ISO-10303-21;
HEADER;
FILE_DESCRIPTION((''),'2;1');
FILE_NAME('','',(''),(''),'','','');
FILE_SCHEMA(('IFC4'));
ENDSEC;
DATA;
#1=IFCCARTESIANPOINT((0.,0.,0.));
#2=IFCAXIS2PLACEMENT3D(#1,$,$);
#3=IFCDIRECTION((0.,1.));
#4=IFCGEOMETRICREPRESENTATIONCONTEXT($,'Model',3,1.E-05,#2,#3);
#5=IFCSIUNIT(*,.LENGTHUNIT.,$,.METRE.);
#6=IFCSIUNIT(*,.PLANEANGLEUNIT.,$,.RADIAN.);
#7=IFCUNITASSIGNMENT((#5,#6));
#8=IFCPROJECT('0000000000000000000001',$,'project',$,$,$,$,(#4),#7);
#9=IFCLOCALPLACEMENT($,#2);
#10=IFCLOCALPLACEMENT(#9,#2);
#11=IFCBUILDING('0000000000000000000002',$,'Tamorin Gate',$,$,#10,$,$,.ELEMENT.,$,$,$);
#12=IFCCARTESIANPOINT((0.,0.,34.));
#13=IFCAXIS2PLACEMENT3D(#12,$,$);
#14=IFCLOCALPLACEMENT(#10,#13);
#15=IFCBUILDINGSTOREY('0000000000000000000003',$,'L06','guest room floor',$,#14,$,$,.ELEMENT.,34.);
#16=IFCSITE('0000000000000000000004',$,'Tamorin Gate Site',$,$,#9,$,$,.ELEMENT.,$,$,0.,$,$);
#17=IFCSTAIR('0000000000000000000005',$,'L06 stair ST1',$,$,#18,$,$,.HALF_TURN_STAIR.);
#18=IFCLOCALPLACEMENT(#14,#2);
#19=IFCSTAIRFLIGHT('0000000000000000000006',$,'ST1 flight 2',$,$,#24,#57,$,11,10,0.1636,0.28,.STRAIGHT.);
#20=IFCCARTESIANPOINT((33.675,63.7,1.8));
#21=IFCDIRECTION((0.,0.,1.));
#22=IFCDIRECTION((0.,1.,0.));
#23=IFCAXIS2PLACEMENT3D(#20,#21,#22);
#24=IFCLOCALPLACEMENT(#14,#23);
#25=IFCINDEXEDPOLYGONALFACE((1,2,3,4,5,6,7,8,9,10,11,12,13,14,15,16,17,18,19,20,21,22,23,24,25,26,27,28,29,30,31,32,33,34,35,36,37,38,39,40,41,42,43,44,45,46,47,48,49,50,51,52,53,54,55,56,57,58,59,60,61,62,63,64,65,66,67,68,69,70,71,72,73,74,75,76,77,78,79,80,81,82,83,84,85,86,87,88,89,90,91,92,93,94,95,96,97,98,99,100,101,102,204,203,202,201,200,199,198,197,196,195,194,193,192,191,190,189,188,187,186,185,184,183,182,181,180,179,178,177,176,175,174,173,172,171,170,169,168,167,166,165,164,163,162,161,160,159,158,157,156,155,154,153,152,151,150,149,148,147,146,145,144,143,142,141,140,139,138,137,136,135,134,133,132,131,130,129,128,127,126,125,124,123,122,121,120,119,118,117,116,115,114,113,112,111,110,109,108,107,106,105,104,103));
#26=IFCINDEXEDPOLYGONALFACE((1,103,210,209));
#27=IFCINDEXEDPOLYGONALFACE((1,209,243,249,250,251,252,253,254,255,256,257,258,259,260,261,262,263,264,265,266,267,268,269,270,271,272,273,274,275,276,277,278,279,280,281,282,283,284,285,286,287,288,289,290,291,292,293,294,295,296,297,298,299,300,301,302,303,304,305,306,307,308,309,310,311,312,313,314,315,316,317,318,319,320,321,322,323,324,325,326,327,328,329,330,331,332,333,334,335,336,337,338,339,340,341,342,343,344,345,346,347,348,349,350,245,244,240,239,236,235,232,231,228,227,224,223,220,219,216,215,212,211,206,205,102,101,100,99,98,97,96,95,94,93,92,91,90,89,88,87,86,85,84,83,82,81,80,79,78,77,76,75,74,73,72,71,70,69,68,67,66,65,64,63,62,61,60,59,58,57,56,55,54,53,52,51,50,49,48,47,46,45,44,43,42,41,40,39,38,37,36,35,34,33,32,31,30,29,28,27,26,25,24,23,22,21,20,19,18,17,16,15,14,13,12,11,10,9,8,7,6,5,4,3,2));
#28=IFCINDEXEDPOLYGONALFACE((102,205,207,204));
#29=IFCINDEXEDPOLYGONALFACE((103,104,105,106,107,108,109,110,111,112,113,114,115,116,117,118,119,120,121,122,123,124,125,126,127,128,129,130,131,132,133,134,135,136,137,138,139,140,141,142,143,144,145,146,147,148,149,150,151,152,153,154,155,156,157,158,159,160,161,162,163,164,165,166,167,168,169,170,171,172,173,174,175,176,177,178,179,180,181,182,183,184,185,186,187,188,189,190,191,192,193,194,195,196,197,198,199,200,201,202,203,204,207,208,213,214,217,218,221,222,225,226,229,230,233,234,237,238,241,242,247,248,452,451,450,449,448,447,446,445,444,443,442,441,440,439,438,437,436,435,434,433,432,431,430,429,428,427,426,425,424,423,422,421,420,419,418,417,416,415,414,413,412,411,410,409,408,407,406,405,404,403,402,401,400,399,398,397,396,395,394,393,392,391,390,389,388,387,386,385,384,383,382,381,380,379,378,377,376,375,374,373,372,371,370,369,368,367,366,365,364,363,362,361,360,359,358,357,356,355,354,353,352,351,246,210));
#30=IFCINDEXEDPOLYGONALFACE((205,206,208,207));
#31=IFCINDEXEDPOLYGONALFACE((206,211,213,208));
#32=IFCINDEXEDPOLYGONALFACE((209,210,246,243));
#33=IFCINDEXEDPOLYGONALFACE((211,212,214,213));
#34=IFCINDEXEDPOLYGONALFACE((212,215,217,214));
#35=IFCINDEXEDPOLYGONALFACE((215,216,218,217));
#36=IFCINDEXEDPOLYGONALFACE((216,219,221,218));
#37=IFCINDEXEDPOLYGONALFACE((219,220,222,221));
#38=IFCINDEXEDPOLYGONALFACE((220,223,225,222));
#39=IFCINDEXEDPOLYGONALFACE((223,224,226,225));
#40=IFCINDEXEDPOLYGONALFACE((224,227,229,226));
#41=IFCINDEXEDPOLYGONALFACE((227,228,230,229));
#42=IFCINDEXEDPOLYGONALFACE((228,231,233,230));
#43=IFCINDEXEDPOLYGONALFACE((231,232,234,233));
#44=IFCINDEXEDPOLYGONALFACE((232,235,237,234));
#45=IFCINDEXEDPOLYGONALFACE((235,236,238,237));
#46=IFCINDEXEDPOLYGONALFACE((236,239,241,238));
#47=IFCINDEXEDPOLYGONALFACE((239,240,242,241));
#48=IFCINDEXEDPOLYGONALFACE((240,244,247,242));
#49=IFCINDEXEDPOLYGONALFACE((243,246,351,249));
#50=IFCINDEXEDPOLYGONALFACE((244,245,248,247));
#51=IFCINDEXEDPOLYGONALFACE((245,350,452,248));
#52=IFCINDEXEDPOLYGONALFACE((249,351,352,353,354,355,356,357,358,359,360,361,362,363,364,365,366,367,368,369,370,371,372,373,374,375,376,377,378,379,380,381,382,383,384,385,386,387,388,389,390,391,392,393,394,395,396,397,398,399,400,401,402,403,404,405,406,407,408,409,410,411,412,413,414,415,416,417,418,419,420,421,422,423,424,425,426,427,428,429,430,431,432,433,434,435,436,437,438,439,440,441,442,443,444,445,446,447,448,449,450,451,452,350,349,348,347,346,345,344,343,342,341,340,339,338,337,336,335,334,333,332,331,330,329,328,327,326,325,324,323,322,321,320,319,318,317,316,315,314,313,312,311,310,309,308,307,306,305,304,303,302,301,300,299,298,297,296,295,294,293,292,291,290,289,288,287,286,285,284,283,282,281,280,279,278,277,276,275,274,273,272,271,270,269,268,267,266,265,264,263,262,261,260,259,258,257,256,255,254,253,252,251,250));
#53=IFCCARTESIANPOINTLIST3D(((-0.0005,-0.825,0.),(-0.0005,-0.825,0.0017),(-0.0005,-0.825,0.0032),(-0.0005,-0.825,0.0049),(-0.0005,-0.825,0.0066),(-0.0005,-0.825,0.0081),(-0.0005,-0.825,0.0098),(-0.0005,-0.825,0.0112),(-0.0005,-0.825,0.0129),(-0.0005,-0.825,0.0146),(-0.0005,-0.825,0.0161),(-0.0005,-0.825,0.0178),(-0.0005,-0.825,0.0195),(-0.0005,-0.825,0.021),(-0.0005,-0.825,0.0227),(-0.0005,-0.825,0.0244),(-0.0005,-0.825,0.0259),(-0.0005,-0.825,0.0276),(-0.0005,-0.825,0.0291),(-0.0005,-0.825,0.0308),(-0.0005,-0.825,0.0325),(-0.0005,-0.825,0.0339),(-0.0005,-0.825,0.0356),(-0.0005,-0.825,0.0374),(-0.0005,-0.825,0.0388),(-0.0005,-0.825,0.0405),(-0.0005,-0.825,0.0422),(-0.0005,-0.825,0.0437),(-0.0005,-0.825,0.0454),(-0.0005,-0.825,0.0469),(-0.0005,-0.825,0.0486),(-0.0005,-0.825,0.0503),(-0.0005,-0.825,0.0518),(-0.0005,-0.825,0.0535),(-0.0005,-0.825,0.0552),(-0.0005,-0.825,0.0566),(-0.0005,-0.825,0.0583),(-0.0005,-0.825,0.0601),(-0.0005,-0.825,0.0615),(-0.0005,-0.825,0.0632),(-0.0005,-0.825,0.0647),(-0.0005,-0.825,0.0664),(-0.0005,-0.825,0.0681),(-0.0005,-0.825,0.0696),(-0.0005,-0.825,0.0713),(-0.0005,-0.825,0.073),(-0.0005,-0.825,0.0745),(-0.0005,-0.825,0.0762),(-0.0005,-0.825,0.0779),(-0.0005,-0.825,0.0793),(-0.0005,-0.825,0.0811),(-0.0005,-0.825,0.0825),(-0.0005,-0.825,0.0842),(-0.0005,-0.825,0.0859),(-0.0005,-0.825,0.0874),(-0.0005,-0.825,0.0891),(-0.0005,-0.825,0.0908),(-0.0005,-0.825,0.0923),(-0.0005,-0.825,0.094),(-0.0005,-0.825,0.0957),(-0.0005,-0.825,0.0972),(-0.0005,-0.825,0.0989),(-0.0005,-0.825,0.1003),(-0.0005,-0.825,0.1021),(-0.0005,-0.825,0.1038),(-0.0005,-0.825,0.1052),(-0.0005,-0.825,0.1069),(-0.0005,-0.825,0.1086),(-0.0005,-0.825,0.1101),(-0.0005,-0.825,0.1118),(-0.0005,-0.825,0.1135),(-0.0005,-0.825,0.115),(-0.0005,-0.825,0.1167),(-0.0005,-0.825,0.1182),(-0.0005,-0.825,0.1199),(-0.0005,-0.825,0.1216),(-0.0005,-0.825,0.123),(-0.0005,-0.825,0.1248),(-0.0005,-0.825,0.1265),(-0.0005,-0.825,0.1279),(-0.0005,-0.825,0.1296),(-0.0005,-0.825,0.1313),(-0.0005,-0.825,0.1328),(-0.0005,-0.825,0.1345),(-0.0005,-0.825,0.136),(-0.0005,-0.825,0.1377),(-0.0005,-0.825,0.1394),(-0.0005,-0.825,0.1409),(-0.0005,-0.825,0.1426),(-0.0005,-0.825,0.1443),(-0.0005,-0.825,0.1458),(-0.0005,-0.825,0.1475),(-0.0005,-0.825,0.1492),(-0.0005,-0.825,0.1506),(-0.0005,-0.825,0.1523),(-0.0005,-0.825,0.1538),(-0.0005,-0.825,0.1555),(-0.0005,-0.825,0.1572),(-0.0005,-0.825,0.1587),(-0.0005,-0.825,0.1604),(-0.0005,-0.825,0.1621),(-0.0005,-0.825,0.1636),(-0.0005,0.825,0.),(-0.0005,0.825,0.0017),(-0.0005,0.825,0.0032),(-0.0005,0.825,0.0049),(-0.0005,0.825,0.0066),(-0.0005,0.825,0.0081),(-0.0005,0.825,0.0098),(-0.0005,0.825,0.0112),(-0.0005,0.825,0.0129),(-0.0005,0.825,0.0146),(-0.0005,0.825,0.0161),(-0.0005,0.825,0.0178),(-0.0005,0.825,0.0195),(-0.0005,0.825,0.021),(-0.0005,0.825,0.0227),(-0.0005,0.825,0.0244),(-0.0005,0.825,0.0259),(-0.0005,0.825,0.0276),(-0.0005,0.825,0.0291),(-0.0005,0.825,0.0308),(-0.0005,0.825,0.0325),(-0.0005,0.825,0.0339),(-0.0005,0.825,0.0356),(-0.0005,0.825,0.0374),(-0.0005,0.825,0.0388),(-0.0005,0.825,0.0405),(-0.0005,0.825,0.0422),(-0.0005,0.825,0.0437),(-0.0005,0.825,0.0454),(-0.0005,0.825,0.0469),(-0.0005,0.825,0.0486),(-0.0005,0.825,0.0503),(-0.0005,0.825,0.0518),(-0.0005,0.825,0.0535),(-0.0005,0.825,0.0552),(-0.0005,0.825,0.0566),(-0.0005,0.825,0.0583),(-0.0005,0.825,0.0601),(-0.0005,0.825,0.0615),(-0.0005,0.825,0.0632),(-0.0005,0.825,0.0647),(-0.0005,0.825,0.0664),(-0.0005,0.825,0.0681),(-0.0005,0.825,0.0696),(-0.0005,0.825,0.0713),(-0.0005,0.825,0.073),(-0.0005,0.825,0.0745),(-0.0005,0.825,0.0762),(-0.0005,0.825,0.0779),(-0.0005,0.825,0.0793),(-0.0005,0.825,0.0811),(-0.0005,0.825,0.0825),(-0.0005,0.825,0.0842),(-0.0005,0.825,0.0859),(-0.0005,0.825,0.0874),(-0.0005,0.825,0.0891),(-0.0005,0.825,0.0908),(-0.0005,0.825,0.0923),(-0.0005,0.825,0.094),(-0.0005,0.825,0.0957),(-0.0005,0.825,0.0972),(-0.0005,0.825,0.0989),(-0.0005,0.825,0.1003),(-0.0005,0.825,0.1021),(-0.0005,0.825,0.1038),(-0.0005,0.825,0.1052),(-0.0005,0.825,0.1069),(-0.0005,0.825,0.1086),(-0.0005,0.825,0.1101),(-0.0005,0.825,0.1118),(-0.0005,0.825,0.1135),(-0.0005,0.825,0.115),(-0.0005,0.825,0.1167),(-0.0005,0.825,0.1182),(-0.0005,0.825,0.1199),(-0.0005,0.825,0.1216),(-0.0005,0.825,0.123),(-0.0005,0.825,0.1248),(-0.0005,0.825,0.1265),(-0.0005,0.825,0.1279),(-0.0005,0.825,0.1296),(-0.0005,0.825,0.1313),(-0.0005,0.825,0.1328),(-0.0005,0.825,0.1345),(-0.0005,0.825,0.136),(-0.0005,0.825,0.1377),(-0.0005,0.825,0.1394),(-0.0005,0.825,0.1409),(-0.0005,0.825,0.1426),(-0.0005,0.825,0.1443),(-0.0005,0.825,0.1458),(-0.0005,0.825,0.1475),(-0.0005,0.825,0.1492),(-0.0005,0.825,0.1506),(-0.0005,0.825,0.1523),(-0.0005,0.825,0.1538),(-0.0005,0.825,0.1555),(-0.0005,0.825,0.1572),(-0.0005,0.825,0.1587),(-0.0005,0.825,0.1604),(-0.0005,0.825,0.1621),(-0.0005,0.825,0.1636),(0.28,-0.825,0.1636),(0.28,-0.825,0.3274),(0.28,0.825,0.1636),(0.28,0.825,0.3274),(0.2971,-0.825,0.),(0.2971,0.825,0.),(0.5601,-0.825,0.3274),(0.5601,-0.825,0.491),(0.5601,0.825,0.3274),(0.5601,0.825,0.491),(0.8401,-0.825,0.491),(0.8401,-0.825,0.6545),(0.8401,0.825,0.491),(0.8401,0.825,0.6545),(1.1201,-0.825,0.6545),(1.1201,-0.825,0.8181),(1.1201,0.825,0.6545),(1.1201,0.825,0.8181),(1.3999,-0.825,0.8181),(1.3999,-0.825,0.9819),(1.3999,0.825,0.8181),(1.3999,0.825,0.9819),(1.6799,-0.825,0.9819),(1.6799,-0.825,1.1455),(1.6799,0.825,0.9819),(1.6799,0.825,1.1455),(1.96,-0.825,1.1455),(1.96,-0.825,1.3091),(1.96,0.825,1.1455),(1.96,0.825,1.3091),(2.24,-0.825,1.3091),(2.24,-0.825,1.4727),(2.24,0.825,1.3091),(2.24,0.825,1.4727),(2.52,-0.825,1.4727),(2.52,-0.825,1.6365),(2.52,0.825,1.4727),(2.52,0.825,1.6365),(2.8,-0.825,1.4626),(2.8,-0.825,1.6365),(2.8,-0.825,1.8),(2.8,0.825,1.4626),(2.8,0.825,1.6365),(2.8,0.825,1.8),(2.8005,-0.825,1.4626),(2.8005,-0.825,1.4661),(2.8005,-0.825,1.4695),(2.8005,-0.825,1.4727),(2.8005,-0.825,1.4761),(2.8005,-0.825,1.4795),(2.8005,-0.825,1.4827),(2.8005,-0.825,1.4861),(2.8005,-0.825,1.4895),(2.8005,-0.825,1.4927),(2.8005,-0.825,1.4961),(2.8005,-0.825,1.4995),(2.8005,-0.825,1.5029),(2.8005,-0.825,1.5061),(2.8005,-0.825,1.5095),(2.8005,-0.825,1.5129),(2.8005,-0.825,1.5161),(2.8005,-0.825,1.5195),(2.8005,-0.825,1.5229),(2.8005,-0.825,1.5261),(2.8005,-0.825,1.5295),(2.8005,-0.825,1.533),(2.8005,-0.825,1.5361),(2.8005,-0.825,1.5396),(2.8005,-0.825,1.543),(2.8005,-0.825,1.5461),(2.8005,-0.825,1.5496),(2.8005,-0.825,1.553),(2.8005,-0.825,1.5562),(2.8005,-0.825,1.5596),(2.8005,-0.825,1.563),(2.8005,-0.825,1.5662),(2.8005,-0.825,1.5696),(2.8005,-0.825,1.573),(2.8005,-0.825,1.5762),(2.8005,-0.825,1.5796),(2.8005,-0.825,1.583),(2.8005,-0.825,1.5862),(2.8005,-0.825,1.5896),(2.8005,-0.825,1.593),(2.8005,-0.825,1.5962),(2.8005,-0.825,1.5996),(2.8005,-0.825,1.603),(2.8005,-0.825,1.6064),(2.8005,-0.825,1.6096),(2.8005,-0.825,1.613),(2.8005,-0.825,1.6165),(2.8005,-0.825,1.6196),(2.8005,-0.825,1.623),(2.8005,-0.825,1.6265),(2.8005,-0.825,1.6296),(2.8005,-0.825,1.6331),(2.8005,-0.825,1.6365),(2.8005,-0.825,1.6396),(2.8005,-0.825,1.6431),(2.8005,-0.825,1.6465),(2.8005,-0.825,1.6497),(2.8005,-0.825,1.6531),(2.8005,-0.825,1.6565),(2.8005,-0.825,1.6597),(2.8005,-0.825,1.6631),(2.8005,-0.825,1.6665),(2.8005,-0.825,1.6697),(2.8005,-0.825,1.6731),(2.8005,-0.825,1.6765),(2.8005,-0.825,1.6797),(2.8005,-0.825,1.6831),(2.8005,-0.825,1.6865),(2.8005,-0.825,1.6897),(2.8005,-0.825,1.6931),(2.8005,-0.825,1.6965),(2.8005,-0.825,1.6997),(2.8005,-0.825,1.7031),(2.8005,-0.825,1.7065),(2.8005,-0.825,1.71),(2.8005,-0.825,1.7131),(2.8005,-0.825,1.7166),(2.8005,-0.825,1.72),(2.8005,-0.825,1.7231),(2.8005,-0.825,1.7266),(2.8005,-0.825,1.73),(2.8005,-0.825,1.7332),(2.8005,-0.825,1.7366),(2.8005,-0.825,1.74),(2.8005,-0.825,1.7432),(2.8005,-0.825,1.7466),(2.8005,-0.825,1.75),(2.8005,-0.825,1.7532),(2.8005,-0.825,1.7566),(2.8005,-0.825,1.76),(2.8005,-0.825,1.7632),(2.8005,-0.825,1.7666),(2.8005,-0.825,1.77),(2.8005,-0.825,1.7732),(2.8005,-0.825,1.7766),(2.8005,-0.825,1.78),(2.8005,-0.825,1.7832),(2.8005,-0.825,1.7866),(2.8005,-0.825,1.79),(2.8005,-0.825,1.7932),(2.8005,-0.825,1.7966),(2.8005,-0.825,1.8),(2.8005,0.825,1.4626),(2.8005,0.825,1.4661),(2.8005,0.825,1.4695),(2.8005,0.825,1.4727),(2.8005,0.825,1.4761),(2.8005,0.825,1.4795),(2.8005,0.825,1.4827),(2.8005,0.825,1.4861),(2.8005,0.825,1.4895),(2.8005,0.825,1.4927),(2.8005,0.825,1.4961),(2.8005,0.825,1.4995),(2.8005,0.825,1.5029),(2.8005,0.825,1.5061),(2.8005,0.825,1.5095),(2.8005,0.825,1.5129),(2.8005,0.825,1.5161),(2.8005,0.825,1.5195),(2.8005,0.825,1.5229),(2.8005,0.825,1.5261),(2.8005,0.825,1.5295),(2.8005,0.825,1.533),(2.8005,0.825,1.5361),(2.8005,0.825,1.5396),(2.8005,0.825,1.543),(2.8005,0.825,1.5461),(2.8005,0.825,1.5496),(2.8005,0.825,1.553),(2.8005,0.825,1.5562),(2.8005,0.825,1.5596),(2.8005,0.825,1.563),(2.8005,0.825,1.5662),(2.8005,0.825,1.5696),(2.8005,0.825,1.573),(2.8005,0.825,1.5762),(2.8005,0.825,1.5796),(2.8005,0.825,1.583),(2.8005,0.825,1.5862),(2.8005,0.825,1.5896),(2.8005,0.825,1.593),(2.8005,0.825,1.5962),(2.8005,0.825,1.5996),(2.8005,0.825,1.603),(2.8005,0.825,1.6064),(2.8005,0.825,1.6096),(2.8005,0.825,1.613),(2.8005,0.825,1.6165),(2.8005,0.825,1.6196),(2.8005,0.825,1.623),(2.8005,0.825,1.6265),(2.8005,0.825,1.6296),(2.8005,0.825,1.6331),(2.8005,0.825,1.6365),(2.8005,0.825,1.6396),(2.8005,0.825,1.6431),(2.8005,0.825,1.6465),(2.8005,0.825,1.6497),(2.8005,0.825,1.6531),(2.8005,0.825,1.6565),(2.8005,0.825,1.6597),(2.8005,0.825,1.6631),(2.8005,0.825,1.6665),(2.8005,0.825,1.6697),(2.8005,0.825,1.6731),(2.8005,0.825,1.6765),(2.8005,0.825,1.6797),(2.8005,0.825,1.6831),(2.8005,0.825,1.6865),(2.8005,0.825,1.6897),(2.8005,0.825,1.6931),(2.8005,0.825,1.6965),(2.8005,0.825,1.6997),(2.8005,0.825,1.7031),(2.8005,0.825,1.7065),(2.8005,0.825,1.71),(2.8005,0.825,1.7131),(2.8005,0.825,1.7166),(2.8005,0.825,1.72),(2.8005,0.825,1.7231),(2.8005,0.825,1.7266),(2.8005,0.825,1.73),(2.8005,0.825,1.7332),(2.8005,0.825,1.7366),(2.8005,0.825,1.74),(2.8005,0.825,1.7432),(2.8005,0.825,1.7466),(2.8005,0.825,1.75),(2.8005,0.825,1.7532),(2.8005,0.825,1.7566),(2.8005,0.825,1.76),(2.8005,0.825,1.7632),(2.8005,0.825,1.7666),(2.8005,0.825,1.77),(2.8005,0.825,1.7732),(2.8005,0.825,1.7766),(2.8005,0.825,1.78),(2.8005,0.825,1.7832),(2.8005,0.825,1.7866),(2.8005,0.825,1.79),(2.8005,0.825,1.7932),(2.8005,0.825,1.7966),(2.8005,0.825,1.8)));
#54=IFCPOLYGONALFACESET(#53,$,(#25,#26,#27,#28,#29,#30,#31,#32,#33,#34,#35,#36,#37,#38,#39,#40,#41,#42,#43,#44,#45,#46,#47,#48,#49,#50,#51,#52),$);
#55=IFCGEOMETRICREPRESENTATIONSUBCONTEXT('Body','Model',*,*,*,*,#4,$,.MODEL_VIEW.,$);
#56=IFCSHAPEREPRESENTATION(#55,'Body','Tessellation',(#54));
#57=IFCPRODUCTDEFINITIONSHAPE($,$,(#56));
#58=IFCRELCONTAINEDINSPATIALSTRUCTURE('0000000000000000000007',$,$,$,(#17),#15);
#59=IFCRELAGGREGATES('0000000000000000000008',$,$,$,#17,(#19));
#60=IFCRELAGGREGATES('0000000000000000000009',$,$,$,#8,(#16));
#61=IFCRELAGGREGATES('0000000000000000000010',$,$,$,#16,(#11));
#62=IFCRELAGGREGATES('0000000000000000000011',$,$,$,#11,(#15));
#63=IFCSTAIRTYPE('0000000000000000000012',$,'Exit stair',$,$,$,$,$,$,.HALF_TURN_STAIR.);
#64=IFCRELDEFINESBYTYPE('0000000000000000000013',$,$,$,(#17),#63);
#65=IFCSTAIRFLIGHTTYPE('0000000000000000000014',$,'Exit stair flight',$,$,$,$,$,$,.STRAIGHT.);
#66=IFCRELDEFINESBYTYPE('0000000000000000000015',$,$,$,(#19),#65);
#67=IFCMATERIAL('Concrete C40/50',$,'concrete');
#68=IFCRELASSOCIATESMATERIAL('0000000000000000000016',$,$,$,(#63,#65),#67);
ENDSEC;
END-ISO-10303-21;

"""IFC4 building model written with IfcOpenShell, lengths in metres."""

from ifc_helpers import new_model, si_unit, direction, frame, origin, place, context, subcontext, project, spatial, polyline, outline, extrude, material, type_object, element, aggregate, save


model = new_model("IFC4")

# Units and contexts
model_context = context("Model", 3, precision=1e-05, world=origin(), true_north=direction((0.0, 1.0)))
body_context = subcontext(model_context, "Body", "Model", "MODEL_VIEW")
ifc_project = project(units=[si_unit("LENGTHUNIT", "METRE"), si_unit("PLANEANGLEUNIT", "RADIAN")], contexts=[model_context])

# Site, building, storey
site_placement = place(None, origin())
site = spatial("IfcSite", under=ifc_project, at=site_placement, Name="Tamorin Gate Site", CompositionType="ELEMENT", RefElevation=0.0)
building_placement = place(site_placement, origin())
building = spatial("IfcBuilding", under=site, at=building_placement, Name="Tamorin Gate", CompositionType="ELEMENT")
storey_placement = place(building_placement, frame((0.0, 0.0, 34.0)))
storey = spatial("IfcBuildingStorey", under=building, at=storey_placement, Name="L06", Description="guest room floor", CompositionType="ELEMENT", Elevation=34.0)

# Shared definitions
ifc_material_1 = material(Name="Concrete C40/50", Category="concrete")

# Stair, stair flight
stair_type = type_object("IfcStairType", Name="Exit stair", PredefinedType="HALF_TURN_STAIR", material=ifc_material_1)
stair_placement = place(storey_placement, origin())
stair = element("IfcStair", 1, at=stair_placement, inside=storey, type_object=stair_type, Name="L06 stair ST1", PredefinedType="HALF_TURN_STAIR")
stair_flight_type = type_object("IfcStairFlightType", Name="Exit stair flight", PredefinedType="STRAIGHT", material=ifc_material_1)
stair_flight_1_placement = place(storey_placement, frame((33.675, 63.7, 1.8), z_axis=(0.0, 0.0, 1.0), x_axis=(0.0, 1.0, 0.0)))
stair_flight_1 = element("IfcStairFlight", 2, at=stair_flight_1_placement, type_object=stair_flight_type, Name="ST1 flight 2", NumberOfRisers=11, NumberOfTreads=10, PredefinedType="STRAIGHT", RiserHeight=0.1636, TreadLength=0.28, context=body_context, shape_type="SweptSolid", body=[
    extrude(outline(polyline([(-0.0005, 0.0), (-0.0005, 0.0017), (-0.0005, 0.0032), (-0.0005, 0.0049), (-0.0005, 0.0066), (-0.0005, 0.0081), (-0.0005, 0.0098), (-0.0005, 0.0112), (-0.0005, 0.0129), (-0.0005, 0.0146), (-0.0005, 0.0161), (-0.0005, 0.0178), (-0.0005, 0.0195), (-0.0005, 0.021), (-0.0005, 0.0227), (-0.0005, 0.0244), (-0.0005, 0.0259), (-0.0005, 0.0276), (-0.0005, 0.0291), (-0.0005, 0.0308), (-0.0005, 0.0325), (-0.0005, 0.0339), (-0.0005, 0.0356), (-0.0005, 0.0374), (-0.0005, 0.0388), (-0.0005, 0.0405), (-0.0005, 0.0422), (-0.0005, 0.0437), (-0.0005, 0.0454), (-0.0005, 0.0469), (-0.0005, 0.0486), (-0.0005, 0.0503), (-0.0005, 0.0518), (-0.0005, 0.0535), (-0.0005, 0.0552), (-0.0005, 0.0566), (-0.0005, 0.0583), (-0.0005, 0.0601), (-0.0005, 0.0615), (-0.0005, 0.0632), (-0.0005, 0.0647), (-0.0005, 0.0664), (-0.0005, 0.0681), (-0.0005, 0.0696), (-0.0005, 0.0713), (-0.0005, 0.073), (-0.0005, 0.0745), (-0.0005, 0.0762), (-0.0005, 0.0779), (-0.0005, 0.0793), (-0.0005, 0.0811), (-0.0005, 0.0825), (-0.0005, 0.0842), (-0.0005, 0.0859), (-0.0005, 0.0874), (-0.0005, 0.0891), (-0.0005, 0.0908), (-0.0005, 0.0923), (-0.0005, 0.094), (-0.0005, 0.0957), (-0.0005, 0.0972), (-0.0005, 0.0989), (-0.0005, 0.1003), (-0.0005, 0.1021), (-0.0005, 0.1038), (-0.0005, 0.1052), (-0.0005, 0.1069), (-0.0005, 0.1086), (-0.0005, 0.1101), (-0.0005, 0.1118), (-0.0005, 0.1135), (-0.0005, 0.115), (-0.0005, 0.1167), (-0.0005, 0.1182), (-0.0005, 0.1199), (-0.0005, 0.1216), (-0.0005, 0.123), (-0.0005, 0.1248), (-0.0005, 0.1265), (-0.0005, 0.1279), (-0.0005, 0.1296), (-0.0005, 0.1313), (-0.0005, 0.1328), (-0.0005, 0.1345), (-0.0005, 0.136), (-0.0005, 0.1377), (-0.0005, 0.1394), (-0.0005, 0.1409), (-0.0005, 0.1426), (-0.0005, 0.1443), (-0.0005, 0.1458), (-0.0005, 0.1475), (-0.0005, 0.1492), (-0.0005, 0.1506), (-0.0005, 0.1523), (-0.0005, 0.1538), (-0.0005, 0.1555), (-0.0005, 0.1572), (-0.0005, 0.1587), (-0.0005, 0.1604), (-0.0005, 0.1621), (-0.0005, 0.1636), (0.28, 0.1636), (0.28, 0.3274), (0.5601, 0.3274), (0.5601, 0.491), (0.8401, 0.491), (0.8401, 0.6545), (1.1201, 0.6545), (1.1201, 0.8181), (1.3999, 0.8181), (1.3999, 0.9819), (1.6799, 0.9819), (1.6799, 1.1455), (1.96, 1.1455), (1.96, 1.3091), (2.24, 1.3091), (2.24, 1.4727), (2.52, 1.4727), (2.52, 1.6365), (2.8, 1.6365), (2.8, 1.8), (2.8005, 1.8), (2.8005, 1.7966), (2.8005, 1.7932), (2.8005, 1.79), (2.8005, 1.7866), (2.8005, 1.7832), (2.8005, 1.78), (2.8005, 1.7766), (2.8005, 1.7732), (2.8005, 1.77), (2.8005, 1.7666), (2.8005, 1.7632), (2.8005, 1.76), (2.8005, 1.7566), (2.8005, 1.7532), (2.8005, 1.75), (2.8005, 1.7466), (2.8005, 1.7432), (2.8005, 1.74), (2.8005, 1.7366), (2.8005, 1.7332), (2.8005, 1.73), (2.8005, 1.7266), (2.8005, 1.7231), (2.8005, 1.72), (2.8005, 1.7166), (2.8005, 1.7131), (2.8005, 1.71), (2.8005, 1.7065), (2.8005, 1.7031), (2.8005, 1.6997), (2.8005, 1.6965), (2.8005, 1.6931), (2.8005, 1.6897), (2.8005, 1.6865), (2.8005, 1.6831), (2.8005, 1.6797), (2.8005, 1.6765), (2.8005, 1.6731), (2.8005, 1.6697), (2.8005, 1.6665), (2.8005, 1.6631), (2.8005, 1.6597), (2.8005, 1.6565), (2.8005, 1.6531), (2.8005, 1.6497), (2.8005, 1.6465), (2.8005, 1.6431), (2.8005, 1.6396), (2.8005, 1.6365), (2.8005, 1.6331), (2.8005, 1.6296), (2.8005, 1.6265), (2.8005, 1.623), (2.8005, 1.6196), (2.8005, 1.6165), (2.8005, 1.613), (2.8005, 1.6096), (2.8005, 1.6064), (2.8005, 1.603), (2.8005, 1.5996), (2.8005, 1.5962), (2.8005, 1.593), (2.8005, 1.5896), (2.8005, 1.5862), (2.8005, 1.583), (2.8005, 1.5796), (2.8005, 1.5762), (2.8005, 1.573), (2.8005, 1.5696), (2.8005, 1.5662), (2.8005, 1.563), (2.8005, 1.5596), (2.8005, 1.5562), (2.8005, 1.553), (2.8005, 1.5496), (2.8005, 1.5461), (2.8005, 1.543), (2.8005, 1.5396), (2.8005, 1.5361), (2.8005, 1.533), (2.8005, 1.5295), (2.8005, 1.5261), (2.8005, 1.5229), (2.8005, 1.5195), (2.8005, 1.5161), (2.8005, 1.5129), (2.8005, 1.5095), (2.8005, 1.5061), (2.8005, 1.5029), (2.8005, 1.4995), (2.8005, 1.4961), (2.8005, 1.4927), (2.8005, 1.4895), (2.8005, 1.4861), (2.8005, 1.4827), (2.8005, 1.4795), (2.8005, 1.4761), (2.8005, 1.4727), (2.8005, 1.4695), (2.8005, 1.4661), (2.8005, 1.4626), (2.8, 1.4626), (0.2971, 0.0), (-0.0005, 0.0)])), frame((0.0, 0.825, 0.0), z_axis=(0.0, -1.0, 0.0), x_axis=(1.0, 0.0, 0.0)), (0.0, 0.0, 1.0), 1.6499),
])
aggregate(stair, [stair_flight_1])

save(model, "model.ifc")
